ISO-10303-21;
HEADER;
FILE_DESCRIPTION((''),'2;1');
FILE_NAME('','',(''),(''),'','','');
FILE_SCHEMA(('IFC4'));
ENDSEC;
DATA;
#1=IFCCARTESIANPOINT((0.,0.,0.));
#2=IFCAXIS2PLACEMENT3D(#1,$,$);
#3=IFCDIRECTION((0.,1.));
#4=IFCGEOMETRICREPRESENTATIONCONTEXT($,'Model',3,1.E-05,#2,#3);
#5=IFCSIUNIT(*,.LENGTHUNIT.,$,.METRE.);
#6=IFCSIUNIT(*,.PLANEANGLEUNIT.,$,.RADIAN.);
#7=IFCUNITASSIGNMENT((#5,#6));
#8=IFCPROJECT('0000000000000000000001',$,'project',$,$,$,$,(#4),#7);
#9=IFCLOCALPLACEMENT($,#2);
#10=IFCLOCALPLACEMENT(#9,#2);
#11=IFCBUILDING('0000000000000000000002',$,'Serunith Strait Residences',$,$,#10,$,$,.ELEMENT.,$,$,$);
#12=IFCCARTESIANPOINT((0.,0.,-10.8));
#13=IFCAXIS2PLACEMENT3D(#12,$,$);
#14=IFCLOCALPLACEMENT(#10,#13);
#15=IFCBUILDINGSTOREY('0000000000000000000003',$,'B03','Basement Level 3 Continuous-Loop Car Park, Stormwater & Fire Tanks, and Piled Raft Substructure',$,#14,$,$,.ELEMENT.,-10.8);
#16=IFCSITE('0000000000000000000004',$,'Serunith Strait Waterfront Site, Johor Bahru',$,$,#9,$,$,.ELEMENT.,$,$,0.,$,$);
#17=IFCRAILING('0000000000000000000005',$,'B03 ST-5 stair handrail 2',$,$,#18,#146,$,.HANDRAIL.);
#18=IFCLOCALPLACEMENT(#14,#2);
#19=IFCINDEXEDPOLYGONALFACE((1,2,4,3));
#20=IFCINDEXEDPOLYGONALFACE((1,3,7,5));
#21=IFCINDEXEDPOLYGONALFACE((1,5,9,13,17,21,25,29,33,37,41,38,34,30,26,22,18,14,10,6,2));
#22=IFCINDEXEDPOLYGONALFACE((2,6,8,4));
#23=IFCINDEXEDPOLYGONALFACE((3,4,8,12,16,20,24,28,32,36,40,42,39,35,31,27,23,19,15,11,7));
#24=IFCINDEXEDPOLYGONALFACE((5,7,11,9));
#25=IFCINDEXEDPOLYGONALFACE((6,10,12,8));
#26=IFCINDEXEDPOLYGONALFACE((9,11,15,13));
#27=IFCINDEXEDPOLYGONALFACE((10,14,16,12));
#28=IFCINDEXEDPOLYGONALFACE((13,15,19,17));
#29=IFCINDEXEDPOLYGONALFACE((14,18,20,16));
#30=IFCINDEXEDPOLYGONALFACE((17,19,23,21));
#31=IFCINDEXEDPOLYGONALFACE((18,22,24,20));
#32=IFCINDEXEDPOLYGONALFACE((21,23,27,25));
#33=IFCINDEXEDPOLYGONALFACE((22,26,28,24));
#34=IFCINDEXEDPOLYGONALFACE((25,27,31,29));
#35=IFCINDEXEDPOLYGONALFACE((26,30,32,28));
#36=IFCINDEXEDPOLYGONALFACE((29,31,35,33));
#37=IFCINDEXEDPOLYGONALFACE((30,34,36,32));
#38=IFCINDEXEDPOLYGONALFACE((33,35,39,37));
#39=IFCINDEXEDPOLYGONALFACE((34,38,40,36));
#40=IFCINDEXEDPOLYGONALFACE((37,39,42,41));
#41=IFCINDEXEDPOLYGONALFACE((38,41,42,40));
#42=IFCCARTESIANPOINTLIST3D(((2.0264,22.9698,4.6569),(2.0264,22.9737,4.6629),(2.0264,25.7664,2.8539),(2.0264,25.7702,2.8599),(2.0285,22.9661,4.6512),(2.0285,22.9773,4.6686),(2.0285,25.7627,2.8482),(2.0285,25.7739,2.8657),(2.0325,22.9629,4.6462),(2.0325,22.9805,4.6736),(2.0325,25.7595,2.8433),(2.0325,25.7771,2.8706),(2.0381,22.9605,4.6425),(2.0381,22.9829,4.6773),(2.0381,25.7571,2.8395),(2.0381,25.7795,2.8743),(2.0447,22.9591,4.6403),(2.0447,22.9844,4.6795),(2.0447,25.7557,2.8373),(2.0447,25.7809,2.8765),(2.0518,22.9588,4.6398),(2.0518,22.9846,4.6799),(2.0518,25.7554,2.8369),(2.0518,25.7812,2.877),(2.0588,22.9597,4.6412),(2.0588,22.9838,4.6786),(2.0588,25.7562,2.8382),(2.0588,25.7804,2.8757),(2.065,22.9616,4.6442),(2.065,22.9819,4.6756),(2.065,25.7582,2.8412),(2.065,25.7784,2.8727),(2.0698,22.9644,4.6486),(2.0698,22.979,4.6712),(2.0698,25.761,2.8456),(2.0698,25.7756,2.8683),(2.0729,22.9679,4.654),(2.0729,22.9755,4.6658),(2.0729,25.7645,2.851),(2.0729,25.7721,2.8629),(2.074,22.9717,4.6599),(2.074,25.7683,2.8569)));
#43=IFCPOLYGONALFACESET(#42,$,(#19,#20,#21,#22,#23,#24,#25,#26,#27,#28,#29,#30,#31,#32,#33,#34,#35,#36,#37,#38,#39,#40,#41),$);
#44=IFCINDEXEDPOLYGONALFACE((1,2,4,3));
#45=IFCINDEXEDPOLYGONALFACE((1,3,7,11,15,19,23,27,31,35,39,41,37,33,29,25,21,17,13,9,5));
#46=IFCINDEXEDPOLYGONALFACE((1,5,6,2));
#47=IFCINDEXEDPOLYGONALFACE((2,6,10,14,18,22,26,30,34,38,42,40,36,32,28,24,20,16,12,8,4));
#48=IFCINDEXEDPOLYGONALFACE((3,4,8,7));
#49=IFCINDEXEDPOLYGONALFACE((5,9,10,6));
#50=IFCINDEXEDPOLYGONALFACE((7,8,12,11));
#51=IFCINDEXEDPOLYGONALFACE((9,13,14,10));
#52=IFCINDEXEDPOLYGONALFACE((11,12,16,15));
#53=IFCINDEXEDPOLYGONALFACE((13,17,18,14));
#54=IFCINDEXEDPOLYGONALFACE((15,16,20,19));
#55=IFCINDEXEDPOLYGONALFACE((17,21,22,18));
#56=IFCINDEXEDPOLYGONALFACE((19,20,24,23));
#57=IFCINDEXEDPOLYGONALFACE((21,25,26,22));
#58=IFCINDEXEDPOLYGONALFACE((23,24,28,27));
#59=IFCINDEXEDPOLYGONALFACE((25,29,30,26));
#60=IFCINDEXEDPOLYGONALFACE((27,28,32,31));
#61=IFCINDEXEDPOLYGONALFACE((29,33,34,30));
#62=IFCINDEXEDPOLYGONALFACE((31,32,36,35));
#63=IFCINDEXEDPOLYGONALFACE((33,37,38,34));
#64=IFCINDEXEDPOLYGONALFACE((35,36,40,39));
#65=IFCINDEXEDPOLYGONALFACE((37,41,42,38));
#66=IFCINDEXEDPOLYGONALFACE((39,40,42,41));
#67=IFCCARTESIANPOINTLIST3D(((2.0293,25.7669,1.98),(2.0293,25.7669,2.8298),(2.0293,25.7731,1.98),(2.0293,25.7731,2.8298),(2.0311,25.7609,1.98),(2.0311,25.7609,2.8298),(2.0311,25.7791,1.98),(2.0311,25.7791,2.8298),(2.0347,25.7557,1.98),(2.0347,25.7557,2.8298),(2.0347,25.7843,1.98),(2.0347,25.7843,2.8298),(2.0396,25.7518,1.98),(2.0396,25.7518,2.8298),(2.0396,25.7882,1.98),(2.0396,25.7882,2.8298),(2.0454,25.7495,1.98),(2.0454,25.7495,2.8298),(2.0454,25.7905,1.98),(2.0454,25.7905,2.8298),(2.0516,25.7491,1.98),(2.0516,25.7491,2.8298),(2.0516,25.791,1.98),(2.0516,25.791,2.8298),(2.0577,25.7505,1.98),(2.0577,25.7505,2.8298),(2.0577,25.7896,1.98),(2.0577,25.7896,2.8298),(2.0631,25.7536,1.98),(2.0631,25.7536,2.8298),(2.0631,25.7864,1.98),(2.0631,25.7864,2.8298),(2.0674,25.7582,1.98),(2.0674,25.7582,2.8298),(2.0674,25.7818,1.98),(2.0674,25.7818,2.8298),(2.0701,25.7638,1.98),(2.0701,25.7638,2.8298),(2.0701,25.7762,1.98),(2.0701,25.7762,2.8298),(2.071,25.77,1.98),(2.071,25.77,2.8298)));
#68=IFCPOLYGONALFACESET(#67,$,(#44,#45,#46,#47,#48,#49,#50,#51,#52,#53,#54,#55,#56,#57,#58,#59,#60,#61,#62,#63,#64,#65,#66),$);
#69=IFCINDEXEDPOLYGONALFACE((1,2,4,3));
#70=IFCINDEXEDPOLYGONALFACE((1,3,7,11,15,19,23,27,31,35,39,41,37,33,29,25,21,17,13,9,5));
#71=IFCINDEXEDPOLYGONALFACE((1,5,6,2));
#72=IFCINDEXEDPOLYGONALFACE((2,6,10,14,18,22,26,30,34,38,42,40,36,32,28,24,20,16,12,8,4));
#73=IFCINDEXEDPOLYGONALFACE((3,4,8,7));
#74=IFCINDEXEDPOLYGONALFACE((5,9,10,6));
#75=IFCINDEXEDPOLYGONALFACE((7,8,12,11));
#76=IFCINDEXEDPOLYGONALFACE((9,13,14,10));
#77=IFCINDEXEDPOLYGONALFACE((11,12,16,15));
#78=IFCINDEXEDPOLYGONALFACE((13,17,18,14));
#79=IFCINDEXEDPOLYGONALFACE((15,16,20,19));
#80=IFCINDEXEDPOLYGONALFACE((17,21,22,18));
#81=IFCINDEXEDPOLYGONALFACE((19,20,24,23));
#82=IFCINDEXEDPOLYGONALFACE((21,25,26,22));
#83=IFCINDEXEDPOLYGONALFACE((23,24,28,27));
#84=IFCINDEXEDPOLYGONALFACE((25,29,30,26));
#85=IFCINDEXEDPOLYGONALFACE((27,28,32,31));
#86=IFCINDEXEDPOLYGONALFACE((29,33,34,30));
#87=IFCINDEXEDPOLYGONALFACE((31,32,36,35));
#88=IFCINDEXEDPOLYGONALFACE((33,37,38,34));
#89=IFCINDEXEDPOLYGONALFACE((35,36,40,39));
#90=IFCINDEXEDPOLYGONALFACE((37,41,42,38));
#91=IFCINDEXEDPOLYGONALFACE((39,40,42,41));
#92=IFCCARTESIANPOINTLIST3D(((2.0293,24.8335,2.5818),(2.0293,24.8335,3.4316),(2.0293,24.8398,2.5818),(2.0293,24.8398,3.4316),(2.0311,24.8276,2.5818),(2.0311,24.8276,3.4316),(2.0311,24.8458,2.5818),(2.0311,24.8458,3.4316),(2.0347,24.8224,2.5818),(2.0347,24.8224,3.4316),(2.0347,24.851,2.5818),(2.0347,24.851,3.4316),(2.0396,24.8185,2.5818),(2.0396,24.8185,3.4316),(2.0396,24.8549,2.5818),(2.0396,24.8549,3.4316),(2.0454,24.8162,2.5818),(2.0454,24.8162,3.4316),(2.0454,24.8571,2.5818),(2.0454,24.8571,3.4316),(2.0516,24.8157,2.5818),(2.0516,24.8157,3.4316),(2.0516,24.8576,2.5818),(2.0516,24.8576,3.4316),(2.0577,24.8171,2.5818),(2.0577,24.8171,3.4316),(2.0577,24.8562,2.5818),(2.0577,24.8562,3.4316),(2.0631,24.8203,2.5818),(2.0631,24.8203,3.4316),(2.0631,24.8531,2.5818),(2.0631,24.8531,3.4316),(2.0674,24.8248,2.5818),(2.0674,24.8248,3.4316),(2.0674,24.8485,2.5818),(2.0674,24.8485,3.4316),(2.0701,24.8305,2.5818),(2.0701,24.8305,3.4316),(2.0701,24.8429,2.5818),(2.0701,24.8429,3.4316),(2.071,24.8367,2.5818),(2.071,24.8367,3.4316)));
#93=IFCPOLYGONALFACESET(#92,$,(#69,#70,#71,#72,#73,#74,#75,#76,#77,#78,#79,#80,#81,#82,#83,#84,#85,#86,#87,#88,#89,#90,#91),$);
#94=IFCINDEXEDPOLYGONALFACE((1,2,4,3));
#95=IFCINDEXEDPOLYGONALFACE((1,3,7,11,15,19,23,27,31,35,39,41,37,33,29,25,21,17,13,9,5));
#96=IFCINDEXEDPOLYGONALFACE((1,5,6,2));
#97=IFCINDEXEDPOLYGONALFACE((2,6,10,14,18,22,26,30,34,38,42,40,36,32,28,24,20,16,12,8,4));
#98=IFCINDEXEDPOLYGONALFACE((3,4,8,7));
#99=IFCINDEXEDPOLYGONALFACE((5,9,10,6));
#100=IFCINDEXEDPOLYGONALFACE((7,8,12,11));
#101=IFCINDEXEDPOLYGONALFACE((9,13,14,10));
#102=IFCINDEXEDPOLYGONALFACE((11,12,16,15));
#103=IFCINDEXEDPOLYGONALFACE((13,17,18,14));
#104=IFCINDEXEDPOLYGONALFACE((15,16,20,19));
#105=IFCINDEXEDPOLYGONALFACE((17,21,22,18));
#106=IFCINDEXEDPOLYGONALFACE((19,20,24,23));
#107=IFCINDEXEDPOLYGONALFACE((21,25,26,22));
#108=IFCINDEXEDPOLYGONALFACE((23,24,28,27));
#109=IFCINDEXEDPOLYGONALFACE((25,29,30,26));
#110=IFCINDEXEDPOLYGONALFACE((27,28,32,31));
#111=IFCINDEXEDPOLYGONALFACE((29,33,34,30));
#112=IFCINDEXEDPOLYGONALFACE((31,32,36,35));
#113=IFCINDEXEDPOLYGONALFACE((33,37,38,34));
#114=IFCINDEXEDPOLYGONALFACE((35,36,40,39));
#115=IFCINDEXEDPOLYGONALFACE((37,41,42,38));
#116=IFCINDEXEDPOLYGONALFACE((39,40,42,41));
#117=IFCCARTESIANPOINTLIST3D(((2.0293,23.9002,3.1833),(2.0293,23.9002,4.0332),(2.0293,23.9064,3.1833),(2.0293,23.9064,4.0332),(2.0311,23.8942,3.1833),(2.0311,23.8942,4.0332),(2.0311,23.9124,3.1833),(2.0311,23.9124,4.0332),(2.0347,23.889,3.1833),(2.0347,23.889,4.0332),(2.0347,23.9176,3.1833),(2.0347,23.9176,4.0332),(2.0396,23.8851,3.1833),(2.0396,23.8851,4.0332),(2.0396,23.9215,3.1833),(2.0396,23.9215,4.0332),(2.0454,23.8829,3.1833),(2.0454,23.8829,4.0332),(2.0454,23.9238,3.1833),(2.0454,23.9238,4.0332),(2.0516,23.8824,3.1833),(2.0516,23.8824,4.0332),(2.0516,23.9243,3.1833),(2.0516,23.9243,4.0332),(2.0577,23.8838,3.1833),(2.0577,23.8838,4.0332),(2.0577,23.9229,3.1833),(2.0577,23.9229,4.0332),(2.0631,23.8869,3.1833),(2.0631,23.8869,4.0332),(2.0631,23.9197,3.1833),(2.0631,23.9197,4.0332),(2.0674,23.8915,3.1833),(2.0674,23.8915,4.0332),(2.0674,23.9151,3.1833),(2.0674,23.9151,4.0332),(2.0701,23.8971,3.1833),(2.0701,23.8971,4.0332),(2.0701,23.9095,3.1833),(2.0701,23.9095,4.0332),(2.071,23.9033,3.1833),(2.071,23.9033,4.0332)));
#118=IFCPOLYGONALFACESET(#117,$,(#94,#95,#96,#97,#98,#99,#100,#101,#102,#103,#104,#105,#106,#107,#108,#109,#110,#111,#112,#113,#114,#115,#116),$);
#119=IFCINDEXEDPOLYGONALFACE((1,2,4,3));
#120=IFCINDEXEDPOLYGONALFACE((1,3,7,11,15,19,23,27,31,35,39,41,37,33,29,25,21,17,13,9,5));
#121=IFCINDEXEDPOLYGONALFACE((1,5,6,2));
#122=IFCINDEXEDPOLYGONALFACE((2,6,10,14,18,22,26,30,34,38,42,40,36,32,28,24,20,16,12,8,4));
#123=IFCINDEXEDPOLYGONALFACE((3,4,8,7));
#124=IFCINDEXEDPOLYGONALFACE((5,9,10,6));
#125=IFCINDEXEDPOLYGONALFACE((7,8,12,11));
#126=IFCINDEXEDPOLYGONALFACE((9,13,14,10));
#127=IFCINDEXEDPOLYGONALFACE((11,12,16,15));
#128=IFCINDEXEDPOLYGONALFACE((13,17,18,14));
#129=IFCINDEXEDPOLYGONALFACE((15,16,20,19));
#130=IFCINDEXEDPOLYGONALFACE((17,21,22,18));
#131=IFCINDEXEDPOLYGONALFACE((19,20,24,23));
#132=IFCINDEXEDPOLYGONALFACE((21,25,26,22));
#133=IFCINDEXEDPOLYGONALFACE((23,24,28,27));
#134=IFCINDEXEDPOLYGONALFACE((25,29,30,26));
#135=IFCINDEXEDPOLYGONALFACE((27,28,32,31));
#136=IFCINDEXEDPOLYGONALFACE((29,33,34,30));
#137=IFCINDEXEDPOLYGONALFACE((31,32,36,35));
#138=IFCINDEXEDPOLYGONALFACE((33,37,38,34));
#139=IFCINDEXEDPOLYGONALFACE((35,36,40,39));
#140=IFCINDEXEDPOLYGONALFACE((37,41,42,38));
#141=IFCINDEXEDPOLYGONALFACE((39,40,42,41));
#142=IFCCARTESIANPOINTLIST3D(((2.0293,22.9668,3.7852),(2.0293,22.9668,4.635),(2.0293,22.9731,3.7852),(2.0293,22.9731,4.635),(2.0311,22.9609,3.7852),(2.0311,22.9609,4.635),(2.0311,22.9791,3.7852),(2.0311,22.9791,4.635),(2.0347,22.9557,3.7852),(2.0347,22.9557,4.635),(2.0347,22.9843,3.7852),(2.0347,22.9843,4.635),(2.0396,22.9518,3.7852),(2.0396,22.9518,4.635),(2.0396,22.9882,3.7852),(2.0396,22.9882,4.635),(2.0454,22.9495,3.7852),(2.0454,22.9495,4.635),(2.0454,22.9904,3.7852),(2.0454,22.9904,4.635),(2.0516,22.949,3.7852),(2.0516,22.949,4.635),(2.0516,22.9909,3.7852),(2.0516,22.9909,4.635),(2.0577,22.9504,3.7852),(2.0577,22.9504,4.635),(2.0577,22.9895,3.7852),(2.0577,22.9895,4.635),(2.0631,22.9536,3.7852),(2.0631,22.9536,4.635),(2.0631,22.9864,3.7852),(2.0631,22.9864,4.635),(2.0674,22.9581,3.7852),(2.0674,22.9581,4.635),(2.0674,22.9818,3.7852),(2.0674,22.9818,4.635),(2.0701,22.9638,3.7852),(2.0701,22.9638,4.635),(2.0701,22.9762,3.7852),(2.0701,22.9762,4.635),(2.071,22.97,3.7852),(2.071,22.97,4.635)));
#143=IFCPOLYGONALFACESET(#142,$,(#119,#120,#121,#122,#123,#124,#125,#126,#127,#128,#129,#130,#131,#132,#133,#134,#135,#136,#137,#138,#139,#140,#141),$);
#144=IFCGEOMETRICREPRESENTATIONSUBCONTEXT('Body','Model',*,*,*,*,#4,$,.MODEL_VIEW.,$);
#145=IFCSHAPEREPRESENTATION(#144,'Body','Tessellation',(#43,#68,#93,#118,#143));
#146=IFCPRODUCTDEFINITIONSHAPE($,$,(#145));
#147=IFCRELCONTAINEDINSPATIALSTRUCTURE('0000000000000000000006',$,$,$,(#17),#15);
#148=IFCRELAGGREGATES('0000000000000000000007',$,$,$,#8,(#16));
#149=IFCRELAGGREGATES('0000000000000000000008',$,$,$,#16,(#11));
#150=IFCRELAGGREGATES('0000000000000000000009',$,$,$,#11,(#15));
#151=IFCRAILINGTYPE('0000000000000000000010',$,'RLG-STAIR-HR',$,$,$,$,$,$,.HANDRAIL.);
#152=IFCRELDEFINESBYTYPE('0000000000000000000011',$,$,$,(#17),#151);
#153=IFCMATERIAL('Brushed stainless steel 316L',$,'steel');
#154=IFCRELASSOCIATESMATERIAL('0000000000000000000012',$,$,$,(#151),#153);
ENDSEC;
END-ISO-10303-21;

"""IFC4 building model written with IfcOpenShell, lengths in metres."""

from ifc_helpers import new_model, si_unit, direction, frame, origin, origin_2d, place, context, subcontext, project, spatial, circle, extrude, material, type_object, element, save


model = new_model("IFC4")

# Units and contexts
model_context = context("Model", 3, precision=1e-05, world=origin(), true_north=direction((0.0, 1.0)))
body_context = subcontext(model_context, "Body", "Model", "MODEL_VIEW")
ifc_project = project(units=[si_unit("LENGTHUNIT", "METRE"), si_unit("PLANEANGLEUNIT", "RADIAN")], contexts=[model_context])

# Site, building, storey
site_placement = place(None, origin())
site = spatial("IfcSite", under=ifc_project, at=site_placement, Name="Serunith Strait Waterfront Site, Johor Bahru", CompositionType="ELEMENT", RefElevation=0.0)
building_placement = place(site_placement, origin())
building = spatial("IfcBuilding", under=site, at=building_placement, Name="Serunith Strait Residences", CompositionType="ELEMENT")
storey_placement = place(building_placement, frame((0.0, 0.0, -10.8)))
storey = spatial("IfcBuildingStorey", under=building, at=storey_placement, Name="B03", Description="Basement Level 3 Continuous-Loop Car Park, Stormwater & Fire Tanks, and Piled Raft Substructure", CompositionType="ELEMENT", Elevation=-10.8)

# Railing
ifc_material_1 = material(Name="Brushed stainless steel 316L", Category="steel")
railing_type_1 = type_object("IfcRailingType", Name="RLG-STAIR-HR", PredefinedType="HANDRAIL", material=ifc_material_1)
railing_1_placement = place(storey_placement, frame((2.05, 25.77, 1.98)))
element("IfcRailing", 1, at=railing_1_placement, inside=storey, type_object=railing_type_1, Name="B03 ST-5 stair handrail 2", PredefinedType="HANDRAIL", context=body_context, shape_type="SweptSolid", body=[
    extrude(circle(Radius=0.0239, at=origin_2d()), frame((0.0, -0.0017, 0.877), z_axis=(0.0, -0.840475, 0.54185), x_axis=(1.0, 0.0, 0.0)), (0.0, 0.0, 1.0), 3.3274),
    extrude(circle(Radius=0.021, at=origin_2d()), origin(), (0.0, 0.0, 1.0), 0.8499),
    extrude(circle(Radius=0.021, at=origin_2d()), frame((0.0, -0.9333, 0.6018)), (0.0, 0.0, 1.0), 0.8499),
    extrude(circle(Radius=0.021, at=origin_2d()), frame((0.0, -1.8667, 1.2034)), (0.0, 0.0, 1.0), 0.8499),
    extrude(circle(Radius=0.021, at=origin_2d()), frame((0.0, -2.8, 1.8052)), (0.0, 0.0, 1.0), 0.8499),
])

save(model, "model.ifc")
